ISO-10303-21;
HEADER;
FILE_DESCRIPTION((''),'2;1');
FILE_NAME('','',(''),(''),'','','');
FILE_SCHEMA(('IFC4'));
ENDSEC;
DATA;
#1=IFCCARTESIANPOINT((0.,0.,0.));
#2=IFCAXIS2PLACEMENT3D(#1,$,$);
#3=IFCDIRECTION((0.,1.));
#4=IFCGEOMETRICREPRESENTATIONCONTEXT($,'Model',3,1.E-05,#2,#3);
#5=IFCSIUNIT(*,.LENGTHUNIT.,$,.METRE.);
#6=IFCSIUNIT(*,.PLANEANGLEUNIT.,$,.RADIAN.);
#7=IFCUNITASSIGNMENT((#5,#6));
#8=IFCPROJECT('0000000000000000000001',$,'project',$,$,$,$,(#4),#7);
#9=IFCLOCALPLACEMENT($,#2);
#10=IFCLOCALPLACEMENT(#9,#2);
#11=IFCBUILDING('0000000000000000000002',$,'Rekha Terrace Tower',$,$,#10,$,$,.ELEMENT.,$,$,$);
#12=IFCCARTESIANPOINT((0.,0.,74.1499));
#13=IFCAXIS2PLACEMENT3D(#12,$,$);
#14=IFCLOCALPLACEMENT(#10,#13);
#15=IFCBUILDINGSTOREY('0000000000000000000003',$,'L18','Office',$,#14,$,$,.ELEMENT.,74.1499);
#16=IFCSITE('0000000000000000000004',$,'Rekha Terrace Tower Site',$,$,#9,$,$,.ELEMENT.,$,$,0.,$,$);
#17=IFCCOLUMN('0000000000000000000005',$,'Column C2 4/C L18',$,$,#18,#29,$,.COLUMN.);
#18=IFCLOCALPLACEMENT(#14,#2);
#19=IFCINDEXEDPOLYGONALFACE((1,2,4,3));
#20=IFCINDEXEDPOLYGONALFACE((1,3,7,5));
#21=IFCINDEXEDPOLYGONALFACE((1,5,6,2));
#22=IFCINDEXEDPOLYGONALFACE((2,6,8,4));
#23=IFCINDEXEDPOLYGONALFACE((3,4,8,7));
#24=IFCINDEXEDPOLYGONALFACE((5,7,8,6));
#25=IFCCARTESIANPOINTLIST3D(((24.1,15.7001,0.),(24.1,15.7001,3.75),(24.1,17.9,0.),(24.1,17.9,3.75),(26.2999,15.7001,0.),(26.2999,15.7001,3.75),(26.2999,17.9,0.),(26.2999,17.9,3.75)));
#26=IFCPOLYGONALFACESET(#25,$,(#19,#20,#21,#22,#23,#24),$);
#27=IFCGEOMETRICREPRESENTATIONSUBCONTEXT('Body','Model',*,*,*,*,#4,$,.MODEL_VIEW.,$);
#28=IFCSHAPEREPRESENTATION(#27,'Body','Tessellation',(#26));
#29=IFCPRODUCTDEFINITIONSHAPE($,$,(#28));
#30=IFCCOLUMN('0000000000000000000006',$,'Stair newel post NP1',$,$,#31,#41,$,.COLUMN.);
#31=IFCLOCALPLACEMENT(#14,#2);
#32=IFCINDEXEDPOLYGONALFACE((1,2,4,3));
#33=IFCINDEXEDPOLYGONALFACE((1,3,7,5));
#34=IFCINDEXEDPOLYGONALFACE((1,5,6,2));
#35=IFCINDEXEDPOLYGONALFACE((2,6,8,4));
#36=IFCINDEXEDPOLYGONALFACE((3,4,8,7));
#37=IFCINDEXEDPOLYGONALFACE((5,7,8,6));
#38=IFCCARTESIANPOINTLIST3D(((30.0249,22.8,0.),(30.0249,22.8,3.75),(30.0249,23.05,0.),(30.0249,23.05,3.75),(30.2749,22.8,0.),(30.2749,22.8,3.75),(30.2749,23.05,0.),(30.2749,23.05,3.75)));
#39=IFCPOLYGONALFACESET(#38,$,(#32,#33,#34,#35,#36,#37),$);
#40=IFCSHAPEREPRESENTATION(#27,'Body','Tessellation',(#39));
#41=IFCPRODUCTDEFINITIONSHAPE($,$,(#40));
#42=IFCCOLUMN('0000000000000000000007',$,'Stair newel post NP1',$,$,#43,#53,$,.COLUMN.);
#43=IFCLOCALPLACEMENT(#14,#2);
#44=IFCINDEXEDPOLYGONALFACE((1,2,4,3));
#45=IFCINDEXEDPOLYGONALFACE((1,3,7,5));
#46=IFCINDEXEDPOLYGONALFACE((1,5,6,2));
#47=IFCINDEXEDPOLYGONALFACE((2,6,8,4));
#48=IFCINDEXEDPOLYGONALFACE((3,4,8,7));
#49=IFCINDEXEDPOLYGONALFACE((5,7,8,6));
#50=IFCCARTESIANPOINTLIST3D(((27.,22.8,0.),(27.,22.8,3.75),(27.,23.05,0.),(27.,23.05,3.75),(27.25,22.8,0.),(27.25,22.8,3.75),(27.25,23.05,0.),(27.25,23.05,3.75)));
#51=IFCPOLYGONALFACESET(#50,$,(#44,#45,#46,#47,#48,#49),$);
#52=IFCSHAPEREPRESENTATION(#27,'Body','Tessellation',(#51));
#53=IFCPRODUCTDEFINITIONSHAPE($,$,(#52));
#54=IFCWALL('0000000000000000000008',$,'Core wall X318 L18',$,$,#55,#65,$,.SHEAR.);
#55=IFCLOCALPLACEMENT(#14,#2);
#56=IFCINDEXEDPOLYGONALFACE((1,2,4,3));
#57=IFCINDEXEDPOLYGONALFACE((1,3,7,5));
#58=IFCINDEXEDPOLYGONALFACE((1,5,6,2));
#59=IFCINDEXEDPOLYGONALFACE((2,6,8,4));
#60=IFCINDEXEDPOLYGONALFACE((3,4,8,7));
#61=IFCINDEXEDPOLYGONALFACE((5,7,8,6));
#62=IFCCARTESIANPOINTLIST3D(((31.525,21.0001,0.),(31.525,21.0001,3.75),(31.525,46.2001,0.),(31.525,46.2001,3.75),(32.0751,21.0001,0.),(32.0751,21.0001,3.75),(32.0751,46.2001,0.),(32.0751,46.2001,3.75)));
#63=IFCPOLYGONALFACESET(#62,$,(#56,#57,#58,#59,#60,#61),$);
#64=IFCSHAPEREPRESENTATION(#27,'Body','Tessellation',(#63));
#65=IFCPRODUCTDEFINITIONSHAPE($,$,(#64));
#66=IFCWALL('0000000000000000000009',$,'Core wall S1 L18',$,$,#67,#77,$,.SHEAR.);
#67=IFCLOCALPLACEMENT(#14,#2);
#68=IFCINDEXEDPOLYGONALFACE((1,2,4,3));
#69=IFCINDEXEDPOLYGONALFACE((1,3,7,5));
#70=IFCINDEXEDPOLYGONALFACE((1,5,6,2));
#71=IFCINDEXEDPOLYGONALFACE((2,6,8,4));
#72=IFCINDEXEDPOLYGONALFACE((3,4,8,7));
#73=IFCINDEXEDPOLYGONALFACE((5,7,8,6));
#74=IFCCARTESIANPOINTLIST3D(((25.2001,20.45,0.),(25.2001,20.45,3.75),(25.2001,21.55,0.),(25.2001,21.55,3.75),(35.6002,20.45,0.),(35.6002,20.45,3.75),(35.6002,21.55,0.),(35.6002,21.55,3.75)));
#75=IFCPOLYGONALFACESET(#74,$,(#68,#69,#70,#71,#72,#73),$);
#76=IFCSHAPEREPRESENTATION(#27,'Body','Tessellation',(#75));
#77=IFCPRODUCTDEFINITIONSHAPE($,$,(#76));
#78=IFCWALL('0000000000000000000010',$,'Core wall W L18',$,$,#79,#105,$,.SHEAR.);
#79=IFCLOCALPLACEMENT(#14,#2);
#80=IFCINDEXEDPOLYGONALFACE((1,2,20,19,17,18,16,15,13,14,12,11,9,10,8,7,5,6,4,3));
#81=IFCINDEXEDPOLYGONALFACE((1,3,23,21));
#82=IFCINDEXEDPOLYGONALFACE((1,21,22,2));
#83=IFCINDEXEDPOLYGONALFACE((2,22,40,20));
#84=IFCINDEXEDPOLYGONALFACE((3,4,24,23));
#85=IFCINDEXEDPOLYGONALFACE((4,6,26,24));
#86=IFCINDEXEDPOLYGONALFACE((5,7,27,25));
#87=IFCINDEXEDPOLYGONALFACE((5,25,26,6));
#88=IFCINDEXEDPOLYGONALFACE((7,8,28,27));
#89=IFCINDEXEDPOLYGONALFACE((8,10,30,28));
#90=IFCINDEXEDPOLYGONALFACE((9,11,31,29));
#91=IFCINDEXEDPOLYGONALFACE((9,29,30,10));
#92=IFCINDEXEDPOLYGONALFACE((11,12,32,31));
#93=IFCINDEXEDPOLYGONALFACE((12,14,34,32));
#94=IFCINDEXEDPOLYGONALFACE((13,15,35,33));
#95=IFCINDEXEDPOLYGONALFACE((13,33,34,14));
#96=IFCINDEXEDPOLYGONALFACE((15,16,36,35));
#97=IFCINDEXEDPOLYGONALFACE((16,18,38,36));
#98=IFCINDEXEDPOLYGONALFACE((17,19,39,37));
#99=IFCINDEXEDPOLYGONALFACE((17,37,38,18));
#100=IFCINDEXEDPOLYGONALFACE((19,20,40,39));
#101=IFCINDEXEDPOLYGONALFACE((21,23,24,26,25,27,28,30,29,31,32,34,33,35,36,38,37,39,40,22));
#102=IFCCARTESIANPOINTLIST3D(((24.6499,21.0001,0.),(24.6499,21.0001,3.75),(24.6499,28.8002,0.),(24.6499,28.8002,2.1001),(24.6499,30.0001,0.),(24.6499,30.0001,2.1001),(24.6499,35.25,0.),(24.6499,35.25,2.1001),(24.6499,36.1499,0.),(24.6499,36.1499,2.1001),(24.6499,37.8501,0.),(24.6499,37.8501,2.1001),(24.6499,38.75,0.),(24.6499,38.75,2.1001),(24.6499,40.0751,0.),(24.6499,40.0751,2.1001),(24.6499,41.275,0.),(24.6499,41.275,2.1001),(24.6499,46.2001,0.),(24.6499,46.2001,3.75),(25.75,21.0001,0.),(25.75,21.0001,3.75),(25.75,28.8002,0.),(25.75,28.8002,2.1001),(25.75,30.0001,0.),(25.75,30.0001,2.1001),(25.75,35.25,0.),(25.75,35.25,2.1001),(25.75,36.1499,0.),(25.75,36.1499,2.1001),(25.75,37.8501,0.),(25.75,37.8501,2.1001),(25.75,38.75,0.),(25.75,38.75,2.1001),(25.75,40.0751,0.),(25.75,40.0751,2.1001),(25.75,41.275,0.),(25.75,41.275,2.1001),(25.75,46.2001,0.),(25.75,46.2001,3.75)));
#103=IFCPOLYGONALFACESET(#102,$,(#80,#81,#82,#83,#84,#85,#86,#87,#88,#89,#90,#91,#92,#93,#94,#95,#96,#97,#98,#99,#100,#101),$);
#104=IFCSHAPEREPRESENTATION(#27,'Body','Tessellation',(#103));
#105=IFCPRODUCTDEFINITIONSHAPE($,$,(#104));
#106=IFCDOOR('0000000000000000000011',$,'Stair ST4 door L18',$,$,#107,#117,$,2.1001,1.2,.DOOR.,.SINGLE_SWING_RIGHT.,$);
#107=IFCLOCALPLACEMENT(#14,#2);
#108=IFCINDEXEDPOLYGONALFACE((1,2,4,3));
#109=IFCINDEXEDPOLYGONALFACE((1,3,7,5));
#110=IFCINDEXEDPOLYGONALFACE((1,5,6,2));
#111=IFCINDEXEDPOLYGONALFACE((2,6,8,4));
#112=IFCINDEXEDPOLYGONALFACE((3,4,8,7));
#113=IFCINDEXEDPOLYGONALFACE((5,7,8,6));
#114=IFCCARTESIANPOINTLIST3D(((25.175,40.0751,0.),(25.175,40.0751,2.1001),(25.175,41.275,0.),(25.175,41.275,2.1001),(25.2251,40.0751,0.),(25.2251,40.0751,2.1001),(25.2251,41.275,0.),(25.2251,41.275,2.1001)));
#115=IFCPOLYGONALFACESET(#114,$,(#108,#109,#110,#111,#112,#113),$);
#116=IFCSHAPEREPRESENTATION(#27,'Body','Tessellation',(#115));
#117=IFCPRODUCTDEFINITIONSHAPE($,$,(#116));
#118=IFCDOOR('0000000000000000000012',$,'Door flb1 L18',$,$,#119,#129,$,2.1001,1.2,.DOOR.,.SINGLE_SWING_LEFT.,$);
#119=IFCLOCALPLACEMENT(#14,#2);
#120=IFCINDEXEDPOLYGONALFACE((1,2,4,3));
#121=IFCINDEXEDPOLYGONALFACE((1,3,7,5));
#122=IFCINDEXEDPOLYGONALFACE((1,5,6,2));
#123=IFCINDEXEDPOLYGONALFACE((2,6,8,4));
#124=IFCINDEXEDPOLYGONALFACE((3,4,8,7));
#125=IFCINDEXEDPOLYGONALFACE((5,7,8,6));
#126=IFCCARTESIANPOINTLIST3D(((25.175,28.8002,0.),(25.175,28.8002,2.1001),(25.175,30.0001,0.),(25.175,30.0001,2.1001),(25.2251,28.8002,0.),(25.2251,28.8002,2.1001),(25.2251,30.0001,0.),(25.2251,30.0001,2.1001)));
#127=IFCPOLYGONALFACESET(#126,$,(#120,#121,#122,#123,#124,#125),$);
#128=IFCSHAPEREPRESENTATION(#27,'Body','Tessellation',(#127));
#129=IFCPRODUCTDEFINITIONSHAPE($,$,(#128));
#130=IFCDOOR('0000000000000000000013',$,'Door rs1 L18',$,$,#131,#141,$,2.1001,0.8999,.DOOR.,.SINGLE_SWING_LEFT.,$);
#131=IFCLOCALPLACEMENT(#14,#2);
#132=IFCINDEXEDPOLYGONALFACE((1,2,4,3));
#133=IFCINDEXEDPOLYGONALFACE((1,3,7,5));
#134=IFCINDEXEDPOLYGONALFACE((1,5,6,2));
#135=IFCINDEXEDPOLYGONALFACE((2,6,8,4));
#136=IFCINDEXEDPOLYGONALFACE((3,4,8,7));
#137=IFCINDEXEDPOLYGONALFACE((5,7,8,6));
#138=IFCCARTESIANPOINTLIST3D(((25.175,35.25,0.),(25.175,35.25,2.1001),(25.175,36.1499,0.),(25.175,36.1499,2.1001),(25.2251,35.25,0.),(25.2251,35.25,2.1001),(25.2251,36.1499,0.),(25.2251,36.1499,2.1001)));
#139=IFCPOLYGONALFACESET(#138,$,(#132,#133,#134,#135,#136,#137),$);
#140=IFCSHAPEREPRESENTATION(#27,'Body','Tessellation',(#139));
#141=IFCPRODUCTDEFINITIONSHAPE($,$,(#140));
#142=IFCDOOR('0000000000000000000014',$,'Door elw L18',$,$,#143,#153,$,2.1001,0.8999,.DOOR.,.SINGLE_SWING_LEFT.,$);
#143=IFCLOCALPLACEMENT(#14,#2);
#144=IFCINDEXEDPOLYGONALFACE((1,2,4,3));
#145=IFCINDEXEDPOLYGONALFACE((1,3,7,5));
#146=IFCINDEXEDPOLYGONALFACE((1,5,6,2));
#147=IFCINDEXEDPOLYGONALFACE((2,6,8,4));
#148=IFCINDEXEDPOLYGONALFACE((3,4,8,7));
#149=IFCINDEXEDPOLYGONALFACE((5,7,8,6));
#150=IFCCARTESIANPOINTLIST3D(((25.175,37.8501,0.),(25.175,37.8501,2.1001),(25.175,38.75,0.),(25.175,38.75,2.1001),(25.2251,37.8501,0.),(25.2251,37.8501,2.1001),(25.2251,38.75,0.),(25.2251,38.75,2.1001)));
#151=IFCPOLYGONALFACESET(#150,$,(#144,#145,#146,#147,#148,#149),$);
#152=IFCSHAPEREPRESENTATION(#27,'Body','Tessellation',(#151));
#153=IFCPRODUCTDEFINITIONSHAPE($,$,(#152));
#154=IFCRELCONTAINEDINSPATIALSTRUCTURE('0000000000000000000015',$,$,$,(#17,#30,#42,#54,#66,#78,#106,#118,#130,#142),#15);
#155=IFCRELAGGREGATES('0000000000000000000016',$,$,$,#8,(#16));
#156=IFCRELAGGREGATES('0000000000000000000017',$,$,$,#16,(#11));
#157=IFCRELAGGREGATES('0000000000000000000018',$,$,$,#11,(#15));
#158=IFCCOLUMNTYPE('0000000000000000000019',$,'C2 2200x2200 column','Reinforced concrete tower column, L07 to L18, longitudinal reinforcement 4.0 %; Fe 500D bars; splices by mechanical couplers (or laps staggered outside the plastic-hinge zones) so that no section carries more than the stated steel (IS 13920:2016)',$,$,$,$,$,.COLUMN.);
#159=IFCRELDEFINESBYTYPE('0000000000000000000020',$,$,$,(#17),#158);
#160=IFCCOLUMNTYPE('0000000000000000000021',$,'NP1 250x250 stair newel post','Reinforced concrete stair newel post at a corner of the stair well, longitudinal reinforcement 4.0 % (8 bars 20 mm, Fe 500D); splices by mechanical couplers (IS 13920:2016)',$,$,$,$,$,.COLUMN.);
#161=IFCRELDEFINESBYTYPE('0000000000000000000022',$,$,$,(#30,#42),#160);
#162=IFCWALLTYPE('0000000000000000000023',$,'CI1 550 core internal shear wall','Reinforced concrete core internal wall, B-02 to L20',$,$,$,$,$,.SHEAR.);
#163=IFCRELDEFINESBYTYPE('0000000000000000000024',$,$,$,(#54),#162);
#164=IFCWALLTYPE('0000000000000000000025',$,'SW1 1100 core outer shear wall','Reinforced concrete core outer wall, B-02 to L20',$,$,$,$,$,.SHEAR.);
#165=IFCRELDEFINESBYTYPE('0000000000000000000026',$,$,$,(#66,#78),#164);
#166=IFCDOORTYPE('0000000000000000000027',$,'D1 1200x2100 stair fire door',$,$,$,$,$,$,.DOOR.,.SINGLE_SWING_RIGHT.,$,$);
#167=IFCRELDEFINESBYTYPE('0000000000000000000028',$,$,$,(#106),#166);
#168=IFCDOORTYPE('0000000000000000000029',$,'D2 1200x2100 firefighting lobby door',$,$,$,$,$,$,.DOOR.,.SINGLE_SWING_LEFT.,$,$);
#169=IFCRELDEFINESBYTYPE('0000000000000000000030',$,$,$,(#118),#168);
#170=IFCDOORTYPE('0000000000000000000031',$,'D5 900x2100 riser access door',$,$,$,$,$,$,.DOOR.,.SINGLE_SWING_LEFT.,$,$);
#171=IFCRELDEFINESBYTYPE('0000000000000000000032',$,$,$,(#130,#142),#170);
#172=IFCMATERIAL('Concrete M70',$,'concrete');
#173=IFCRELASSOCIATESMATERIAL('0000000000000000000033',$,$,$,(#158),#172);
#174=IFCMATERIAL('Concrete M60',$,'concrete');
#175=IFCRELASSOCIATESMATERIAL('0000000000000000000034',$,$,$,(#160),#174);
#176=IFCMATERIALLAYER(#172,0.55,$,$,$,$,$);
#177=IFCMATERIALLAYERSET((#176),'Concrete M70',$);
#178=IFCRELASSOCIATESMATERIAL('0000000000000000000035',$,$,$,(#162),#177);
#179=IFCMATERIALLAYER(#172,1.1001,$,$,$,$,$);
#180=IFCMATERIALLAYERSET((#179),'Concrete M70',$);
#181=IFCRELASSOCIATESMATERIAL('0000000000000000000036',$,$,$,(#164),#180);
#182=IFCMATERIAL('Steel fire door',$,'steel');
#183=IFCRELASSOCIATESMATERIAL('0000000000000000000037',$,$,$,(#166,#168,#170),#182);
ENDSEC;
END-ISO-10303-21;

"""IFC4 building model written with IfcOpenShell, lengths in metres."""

from ifc_helpers import new_model, si_unit, direction, frame, frame_2d, origin, origin_2d, place, context, subcontext, project, spatial, rectangle, extrude, material, layer, layer_set, material_profile, profile_set, type_object, element, fill, save


model = new_model("IFC4")

# Units and contexts
model_context = context("Model", 3, precision=1e-05, world=origin(), true_north=direction((0.0, 1.0)))
body_context = subcontext(model_context, "Body", "Model", "MODEL_VIEW")
ifc_project = project(units=[si_unit("LENGTHUNIT", "METRE"), si_unit("PLANEANGLEUNIT", "RADIAN")], contexts=[model_context])

# Site, building, storey
site_placement = place(None, origin())
site = spatial("IfcSite", under=ifc_project, at=site_placement, Name="Rekha Terrace Tower Site", CompositionType="ELEMENT", RefElevation=0.0)
building_placement = place(site_placement, origin())
building = spatial("IfcBuilding", under=site, at=building_placement, Name="Rekha Terrace Tower", CompositionType="ELEMENT")
storey_placement = place(building_placement, frame((0.0, 0.0, 74.1499)))
storey = spatial("IfcBuildingStorey", under=building, at=storey_placement, Name="L18", Description="Office", CompositionType="ELEMENT", Elevation=74.1499)

# Columns
ifc_material_1 = material(Name="Concrete M70", Category="concrete")
ifc_material_profile_1 = material_profile(ifc_material_1, rectangle(XDim=2.2, YDim=2.2, at=origin_2d()), Name="RC 2200x2200")
ifc_profile_set_1 = profile_set([ifc_material_profile_1], Name="Concrete M70")
column_type_1 = type_object("IfcColumnType", Name="C2 2200x2200 column", Description="Reinforced concrete tower column, L07 to L18, longitudinal reinforcement 4.0 %; Fe 500D bars; splices by mechanical couplers (or laps staggered outside the plastic-hinge zones) so that no section carries more than the stated steel (IS 13920:2016)", PredefinedType="COLUMN", material=ifc_profile_set_1)
column_placement = place(storey_placement, frame((25.2, 16.8, 0.0), z_axis=(0.0, 0.0, 1.0), x_axis=(1.0, 0.0, 0.0)))
element("IfcColumn", 1, at=column_placement, inside=storey, type_object=column_type_1, Name="Column C2 4/C L18", PredefinedType="COLUMN", context=body_context, shape_type="SweptSolid", body=[
    extrude(rectangle(XDim=2.2, YDim=2.2, at=origin_2d()), origin(), (0.0, 0.0, 1.0), 3.75),
])
ifc_material_2 = material(Name="Concrete M60", Category="concrete")
ifc_material_profile_2 = material_profile(ifc_material_2, rectangle(XDim=0.25, YDim=0.25, at=origin_2d()), Name="RC 250x250")
ifc_profile_set_2 = profile_set([ifc_material_profile_2], Name="Concrete M60")
column_type_2 = type_object("IfcColumnType", Name="NP1 250x250 stair newel post", Description="Reinforced concrete stair newel post at a corner of the stair well, longitudinal reinforcement 4.0 % (8 bars 20 mm, Fe 500D); splices by mechanical couplers (IS 13920:2016)", PredefinedType="COLUMN", material=ifc_profile_set_2)
for number, where, z_axis, x_axis, name in (
    (2, (30.1499, 22.925, 0.0), (0.0, 0.0, 1.0), (1.0, 0.0, 0.0), "Stair newel post NP1"),
    (3, (27.125, 22.925, 0.0), (0.0, 0.0, 1.0), (1.0, 0.0, 0.0), "Stair newel post NP1"),
):
    element("IfcColumn", number, at=place(storey_placement, frame(where, z_axis=z_axis, x_axis=x_axis)), inside=storey, type_object=column_type_2, Name=name, PredefinedType="COLUMN", context=body_context, shape_type="SweptSolid", body=[
        extrude(rectangle(XDim=0.25, YDim=0.25, at=origin_2d()), origin(), (0.0, 0.0, 1.0), 3.75),
    ])

# Walls
ifc_layer_1 = layer(ifc_material_1, 0.55)
ifc_layer_set_1 = layer_set([ifc_layer_1], Name="Concrete M70")
wall_type_1 = type_object("IfcWallType", Name="CI1 550 core internal shear wall", Description="Reinforced concrete core internal wall, B-02 to L20", PredefinedType="SHEAR", material=ifc_layer_set_1)
wall_1_placement = place(storey_placement, frame((31.8, 21.0, 0.0), z_axis=(0.0, 0.0, 1.0), x_axis=(0.0, 1.0, 0.0)))
element("IfcWall", 4, at=wall_1_placement, inside=storey, type_object=wall_type_1, Name="Core wall X318 L18", PredefinedType="SHEAR", context=body_context, shape_type="SweptSolid", body=[
    extrude(rectangle(XDim=25.2, YDim=0.55, at=frame_2d((12.6001, 0.0))), origin(), (0.0, 0.0, 1.0), 3.75),
])
ifc_layer_2 = layer(ifc_material_1, 1.1001)
ifc_layer_set_2 = layer_set([ifc_layer_2], Name="Concrete M70")
wall_type_2 = type_object("IfcWallType", Name="SW1 1100 core outer shear wall", Description="Reinforced concrete core outer wall, B-02 to L20", PredefinedType="SHEAR", material=ifc_layer_set_2)
wall_2_placement = place(storey_placement, frame((25.2, 21.0, 0.0), z_axis=(0.0, 0.0, 1.0), x_axis=(1.0, 0.0, 0.0)))
element("IfcWall", 5, at=wall_2_placement, inside=storey, type_object=wall_type_2, Name="Core wall S1 L18", PredefinedType="SHEAR", context=body_context, shape_type="SweptSolid", body=[
    extrude(rectangle(XDim=10.4001, YDim=1.1001, at=frame_2d((5.2002, 0.0))), origin(), (0.0, 0.0, 1.0), 3.75),
])

# Wall, openings, doors
wall_3_placement = place(storey_placement, frame((25.2, 21.0, 0.0), z_axis=(0.0, 0.0, 1.0), x_axis=(0.0, 1.0, 0.0)))
wall_3 = element("IfcWall", 6, at=wall_3_placement, inside=storey, type_object=wall_type_2, Name="Core wall W L18", PredefinedType="SHEAR", context=body_context, shape_type="SweptSolid", body=[
    extrude(rectangle(XDim=25.2, YDim=1.1001, at=frame_2d((12.6001, 0.0))), origin(), (0.0, 0.0, 1.0), 3.75),
])
opening_1_placement = place(wall_3_placement, frame((7.8, 0.0, 0.0)))
opening_1 = element("IfcOpeningElement", 7, at=opening_1_placement, cuts=wall_3, PredefinedType="OPENING", context=body_context, shape_type="SweptSolid", body=[
    extrude(rectangle(XDim=1.2, YDim=2.1001, at=frame_2d((0.6001, 1.05))), frame((0.0, 0.5601, 0.0), z_axis=(0.0, -1.0, 0.0), x_axis=(1.0, 0.0, 0.0)), (0.0, 0.0, 1.0), 1.1201),
])
opening_2_placement = place(wall_3_placement, frame((14.25, 0.0, 0.0)))
opening_2 = element("IfcOpeningElement", 8, at=opening_2_placement, cuts=wall_3, PredefinedType="OPENING", context=body_context, shape_type="SweptSolid", body=[
    extrude(rectangle(XDim=0.8999, YDim=2.1001, at=frame_2d((0.45, 1.05))), frame((0.0, 0.5601, 0.0), z_axis=(0.0, -1.0, 0.0), x_axis=(1.0, 0.0, 0.0)), (0.0, 0.0, 1.0), 1.1201),
])
opening_3_placement = place(wall_3_placement, frame((16.8501, 0.0, 0.0)))
opening_3 = element("IfcOpeningElement", 9, at=opening_3_placement, cuts=wall_3, PredefinedType="OPENING", context=body_context, shape_type="SweptSolid", body=[
    extrude(rectangle(XDim=0.8999, YDim=2.1001, at=frame_2d((0.45, 1.05))), frame((0.0, 0.5601, 0.0), z_axis=(0.0, -1.0, 0.0), x_axis=(1.0, 0.0, 0.0)), (0.0, 0.0, 1.0), 1.1201),
])
opening_4_placement = place(wall_3_placement, frame((19.075, 0.0, 0.0)))
opening_4 = element("IfcOpeningElement", 10, at=opening_4_placement, cuts=wall_3, PredefinedType="OPENING", context=body_context, shape_type="SweptSolid", body=[
    extrude(rectangle(XDim=1.2, YDim=2.1001, at=frame_2d((0.6001, 1.05))), frame((0.0, 0.5601, 0.0), z_axis=(0.0, -1.0, 0.0), x_axis=(1.0, 0.0, 0.0)), (0.0, 0.0, 1.0), 1.1201),
])
ifc_material_3 = material(Name="Steel fire door", Category="steel")
door_type_1 = type_object("IfcDoorType", Name="D1 1200x2100 stair fire door", OperationType="SINGLE_SWING_RIGHT", PredefinedType="DOOR", material=ifc_material_3)
door_1_placement = place(opening_4_placement, origin())
door_1 = element("IfcDoor", 11, at=door_1_placement, inside=storey, type_object=door_type_1, Name="Stair ST4 door L18", OperationType="SINGLE_SWING_RIGHT", OverallHeight=2.1001, OverallWidth=1.2, PredefinedType="DOOR", context=body_context, shape_type="SweptSolid", body=[
    extrude(rectangle(XDim=1.2, YDim=2.1001, at=frame_2d((0.6001, 1.05))), frame((0.0, 0.0249, 0.0), z_axis=(0.0, -1.0, 0.0), x_axis=(1.0, 0.0, 0.0)), (0.0, 0.0, 1.0), 0.05),
])
fill(opening_4, door_1)
door_type_2 = type_object("IfcDoorType", Name="D2 1200x2100 firefighting lobby door", OperationType="SINGLE_SWING_LEFT", PredefinedType="DOOR", material=ifc_material_3)
door_2_placement = place(opening_1_placement, origin())
door_2 = element("IfcDoor", 12, at=door_2_placement, inside=storey, type_object=door_type_2, Name="Door flb1 L18", OperationType="SINGLE_SWING_LEFT", OverallHeight=2.1001, OverallWidth=1.2, PredefinedType="DOOR", context=body_context, shape_type="SweptSolid", body=[
    extrude(rectangle(XDim=1.2, YDim=2.1001, at=frame_2d((0.6001, 1.05))), frame((0.0, 0.0249, 0.0), z_axis=(0.0, -1.0, 0.0), x_axis=(1.0, 0.0, 0.0)), (0.0, 0.0, 1.0), 0.05),
])
fill(opening_1, door_2)
door_type_3 = type_object("IfcDoorType", Name="D5 900x2100 riser access door", OperationType="SINGLE_SWING_LEFT", PredefinedType="DOOR", material=ifc_material_3)
door_3_placement = place(opening_2_placement, origin())
door_3 = element("IfcDoor", 13, at=door_3_placement, inside=storey, type_object=door_type_3, Name="Door rs1 L18", OperationType="SINGLE_SWING_LEFT", OverallHeight=2.1001, OverallWidth=0.8999, PredefinedType="DOOR", context=body_context, shape_type="SweptSolid", body=[
    extrude(rectangle(XDim=0.8999, YDim=2.1001, at=frame_2d((0.45, 1.05))), frame((0.0, 0.0249, 0.0), z_axis=(0.0, -1.0, 0.0), x_axis=(1.0, 0.0, 0.0)), (0.0, 0.0, 1.0), 0.05),
])
fill(opening_2, door_3)
door_4_placement = place(opening_3_placement, origin())
door_4 = element("IfcDoor", 14, at=door_4_placement, inside=storey, type_object=door_type_3, Name="Door elw L18", OperationType="SINGLE_SWING_LEFT", OverallHeight=2.1001, OverallWidth=0.8999, PredefinedType="DOOR", context=body_context, shape_type="SweptSolid", body=[
    extrude(rectangle(XDim=0.8999, YDim=2.1001, at=frame_2d((0.45, 1.05))), frame((0.0, 0.0249, 0.0), z_axis=(0.0, -1.0, 0.0), x_axis=(1.0, 0.0, 0.0)), (0.0, 0.0, 1.0), 0.05),
])
fill(opening_3, door_4)

save(model, "model.ifc")
